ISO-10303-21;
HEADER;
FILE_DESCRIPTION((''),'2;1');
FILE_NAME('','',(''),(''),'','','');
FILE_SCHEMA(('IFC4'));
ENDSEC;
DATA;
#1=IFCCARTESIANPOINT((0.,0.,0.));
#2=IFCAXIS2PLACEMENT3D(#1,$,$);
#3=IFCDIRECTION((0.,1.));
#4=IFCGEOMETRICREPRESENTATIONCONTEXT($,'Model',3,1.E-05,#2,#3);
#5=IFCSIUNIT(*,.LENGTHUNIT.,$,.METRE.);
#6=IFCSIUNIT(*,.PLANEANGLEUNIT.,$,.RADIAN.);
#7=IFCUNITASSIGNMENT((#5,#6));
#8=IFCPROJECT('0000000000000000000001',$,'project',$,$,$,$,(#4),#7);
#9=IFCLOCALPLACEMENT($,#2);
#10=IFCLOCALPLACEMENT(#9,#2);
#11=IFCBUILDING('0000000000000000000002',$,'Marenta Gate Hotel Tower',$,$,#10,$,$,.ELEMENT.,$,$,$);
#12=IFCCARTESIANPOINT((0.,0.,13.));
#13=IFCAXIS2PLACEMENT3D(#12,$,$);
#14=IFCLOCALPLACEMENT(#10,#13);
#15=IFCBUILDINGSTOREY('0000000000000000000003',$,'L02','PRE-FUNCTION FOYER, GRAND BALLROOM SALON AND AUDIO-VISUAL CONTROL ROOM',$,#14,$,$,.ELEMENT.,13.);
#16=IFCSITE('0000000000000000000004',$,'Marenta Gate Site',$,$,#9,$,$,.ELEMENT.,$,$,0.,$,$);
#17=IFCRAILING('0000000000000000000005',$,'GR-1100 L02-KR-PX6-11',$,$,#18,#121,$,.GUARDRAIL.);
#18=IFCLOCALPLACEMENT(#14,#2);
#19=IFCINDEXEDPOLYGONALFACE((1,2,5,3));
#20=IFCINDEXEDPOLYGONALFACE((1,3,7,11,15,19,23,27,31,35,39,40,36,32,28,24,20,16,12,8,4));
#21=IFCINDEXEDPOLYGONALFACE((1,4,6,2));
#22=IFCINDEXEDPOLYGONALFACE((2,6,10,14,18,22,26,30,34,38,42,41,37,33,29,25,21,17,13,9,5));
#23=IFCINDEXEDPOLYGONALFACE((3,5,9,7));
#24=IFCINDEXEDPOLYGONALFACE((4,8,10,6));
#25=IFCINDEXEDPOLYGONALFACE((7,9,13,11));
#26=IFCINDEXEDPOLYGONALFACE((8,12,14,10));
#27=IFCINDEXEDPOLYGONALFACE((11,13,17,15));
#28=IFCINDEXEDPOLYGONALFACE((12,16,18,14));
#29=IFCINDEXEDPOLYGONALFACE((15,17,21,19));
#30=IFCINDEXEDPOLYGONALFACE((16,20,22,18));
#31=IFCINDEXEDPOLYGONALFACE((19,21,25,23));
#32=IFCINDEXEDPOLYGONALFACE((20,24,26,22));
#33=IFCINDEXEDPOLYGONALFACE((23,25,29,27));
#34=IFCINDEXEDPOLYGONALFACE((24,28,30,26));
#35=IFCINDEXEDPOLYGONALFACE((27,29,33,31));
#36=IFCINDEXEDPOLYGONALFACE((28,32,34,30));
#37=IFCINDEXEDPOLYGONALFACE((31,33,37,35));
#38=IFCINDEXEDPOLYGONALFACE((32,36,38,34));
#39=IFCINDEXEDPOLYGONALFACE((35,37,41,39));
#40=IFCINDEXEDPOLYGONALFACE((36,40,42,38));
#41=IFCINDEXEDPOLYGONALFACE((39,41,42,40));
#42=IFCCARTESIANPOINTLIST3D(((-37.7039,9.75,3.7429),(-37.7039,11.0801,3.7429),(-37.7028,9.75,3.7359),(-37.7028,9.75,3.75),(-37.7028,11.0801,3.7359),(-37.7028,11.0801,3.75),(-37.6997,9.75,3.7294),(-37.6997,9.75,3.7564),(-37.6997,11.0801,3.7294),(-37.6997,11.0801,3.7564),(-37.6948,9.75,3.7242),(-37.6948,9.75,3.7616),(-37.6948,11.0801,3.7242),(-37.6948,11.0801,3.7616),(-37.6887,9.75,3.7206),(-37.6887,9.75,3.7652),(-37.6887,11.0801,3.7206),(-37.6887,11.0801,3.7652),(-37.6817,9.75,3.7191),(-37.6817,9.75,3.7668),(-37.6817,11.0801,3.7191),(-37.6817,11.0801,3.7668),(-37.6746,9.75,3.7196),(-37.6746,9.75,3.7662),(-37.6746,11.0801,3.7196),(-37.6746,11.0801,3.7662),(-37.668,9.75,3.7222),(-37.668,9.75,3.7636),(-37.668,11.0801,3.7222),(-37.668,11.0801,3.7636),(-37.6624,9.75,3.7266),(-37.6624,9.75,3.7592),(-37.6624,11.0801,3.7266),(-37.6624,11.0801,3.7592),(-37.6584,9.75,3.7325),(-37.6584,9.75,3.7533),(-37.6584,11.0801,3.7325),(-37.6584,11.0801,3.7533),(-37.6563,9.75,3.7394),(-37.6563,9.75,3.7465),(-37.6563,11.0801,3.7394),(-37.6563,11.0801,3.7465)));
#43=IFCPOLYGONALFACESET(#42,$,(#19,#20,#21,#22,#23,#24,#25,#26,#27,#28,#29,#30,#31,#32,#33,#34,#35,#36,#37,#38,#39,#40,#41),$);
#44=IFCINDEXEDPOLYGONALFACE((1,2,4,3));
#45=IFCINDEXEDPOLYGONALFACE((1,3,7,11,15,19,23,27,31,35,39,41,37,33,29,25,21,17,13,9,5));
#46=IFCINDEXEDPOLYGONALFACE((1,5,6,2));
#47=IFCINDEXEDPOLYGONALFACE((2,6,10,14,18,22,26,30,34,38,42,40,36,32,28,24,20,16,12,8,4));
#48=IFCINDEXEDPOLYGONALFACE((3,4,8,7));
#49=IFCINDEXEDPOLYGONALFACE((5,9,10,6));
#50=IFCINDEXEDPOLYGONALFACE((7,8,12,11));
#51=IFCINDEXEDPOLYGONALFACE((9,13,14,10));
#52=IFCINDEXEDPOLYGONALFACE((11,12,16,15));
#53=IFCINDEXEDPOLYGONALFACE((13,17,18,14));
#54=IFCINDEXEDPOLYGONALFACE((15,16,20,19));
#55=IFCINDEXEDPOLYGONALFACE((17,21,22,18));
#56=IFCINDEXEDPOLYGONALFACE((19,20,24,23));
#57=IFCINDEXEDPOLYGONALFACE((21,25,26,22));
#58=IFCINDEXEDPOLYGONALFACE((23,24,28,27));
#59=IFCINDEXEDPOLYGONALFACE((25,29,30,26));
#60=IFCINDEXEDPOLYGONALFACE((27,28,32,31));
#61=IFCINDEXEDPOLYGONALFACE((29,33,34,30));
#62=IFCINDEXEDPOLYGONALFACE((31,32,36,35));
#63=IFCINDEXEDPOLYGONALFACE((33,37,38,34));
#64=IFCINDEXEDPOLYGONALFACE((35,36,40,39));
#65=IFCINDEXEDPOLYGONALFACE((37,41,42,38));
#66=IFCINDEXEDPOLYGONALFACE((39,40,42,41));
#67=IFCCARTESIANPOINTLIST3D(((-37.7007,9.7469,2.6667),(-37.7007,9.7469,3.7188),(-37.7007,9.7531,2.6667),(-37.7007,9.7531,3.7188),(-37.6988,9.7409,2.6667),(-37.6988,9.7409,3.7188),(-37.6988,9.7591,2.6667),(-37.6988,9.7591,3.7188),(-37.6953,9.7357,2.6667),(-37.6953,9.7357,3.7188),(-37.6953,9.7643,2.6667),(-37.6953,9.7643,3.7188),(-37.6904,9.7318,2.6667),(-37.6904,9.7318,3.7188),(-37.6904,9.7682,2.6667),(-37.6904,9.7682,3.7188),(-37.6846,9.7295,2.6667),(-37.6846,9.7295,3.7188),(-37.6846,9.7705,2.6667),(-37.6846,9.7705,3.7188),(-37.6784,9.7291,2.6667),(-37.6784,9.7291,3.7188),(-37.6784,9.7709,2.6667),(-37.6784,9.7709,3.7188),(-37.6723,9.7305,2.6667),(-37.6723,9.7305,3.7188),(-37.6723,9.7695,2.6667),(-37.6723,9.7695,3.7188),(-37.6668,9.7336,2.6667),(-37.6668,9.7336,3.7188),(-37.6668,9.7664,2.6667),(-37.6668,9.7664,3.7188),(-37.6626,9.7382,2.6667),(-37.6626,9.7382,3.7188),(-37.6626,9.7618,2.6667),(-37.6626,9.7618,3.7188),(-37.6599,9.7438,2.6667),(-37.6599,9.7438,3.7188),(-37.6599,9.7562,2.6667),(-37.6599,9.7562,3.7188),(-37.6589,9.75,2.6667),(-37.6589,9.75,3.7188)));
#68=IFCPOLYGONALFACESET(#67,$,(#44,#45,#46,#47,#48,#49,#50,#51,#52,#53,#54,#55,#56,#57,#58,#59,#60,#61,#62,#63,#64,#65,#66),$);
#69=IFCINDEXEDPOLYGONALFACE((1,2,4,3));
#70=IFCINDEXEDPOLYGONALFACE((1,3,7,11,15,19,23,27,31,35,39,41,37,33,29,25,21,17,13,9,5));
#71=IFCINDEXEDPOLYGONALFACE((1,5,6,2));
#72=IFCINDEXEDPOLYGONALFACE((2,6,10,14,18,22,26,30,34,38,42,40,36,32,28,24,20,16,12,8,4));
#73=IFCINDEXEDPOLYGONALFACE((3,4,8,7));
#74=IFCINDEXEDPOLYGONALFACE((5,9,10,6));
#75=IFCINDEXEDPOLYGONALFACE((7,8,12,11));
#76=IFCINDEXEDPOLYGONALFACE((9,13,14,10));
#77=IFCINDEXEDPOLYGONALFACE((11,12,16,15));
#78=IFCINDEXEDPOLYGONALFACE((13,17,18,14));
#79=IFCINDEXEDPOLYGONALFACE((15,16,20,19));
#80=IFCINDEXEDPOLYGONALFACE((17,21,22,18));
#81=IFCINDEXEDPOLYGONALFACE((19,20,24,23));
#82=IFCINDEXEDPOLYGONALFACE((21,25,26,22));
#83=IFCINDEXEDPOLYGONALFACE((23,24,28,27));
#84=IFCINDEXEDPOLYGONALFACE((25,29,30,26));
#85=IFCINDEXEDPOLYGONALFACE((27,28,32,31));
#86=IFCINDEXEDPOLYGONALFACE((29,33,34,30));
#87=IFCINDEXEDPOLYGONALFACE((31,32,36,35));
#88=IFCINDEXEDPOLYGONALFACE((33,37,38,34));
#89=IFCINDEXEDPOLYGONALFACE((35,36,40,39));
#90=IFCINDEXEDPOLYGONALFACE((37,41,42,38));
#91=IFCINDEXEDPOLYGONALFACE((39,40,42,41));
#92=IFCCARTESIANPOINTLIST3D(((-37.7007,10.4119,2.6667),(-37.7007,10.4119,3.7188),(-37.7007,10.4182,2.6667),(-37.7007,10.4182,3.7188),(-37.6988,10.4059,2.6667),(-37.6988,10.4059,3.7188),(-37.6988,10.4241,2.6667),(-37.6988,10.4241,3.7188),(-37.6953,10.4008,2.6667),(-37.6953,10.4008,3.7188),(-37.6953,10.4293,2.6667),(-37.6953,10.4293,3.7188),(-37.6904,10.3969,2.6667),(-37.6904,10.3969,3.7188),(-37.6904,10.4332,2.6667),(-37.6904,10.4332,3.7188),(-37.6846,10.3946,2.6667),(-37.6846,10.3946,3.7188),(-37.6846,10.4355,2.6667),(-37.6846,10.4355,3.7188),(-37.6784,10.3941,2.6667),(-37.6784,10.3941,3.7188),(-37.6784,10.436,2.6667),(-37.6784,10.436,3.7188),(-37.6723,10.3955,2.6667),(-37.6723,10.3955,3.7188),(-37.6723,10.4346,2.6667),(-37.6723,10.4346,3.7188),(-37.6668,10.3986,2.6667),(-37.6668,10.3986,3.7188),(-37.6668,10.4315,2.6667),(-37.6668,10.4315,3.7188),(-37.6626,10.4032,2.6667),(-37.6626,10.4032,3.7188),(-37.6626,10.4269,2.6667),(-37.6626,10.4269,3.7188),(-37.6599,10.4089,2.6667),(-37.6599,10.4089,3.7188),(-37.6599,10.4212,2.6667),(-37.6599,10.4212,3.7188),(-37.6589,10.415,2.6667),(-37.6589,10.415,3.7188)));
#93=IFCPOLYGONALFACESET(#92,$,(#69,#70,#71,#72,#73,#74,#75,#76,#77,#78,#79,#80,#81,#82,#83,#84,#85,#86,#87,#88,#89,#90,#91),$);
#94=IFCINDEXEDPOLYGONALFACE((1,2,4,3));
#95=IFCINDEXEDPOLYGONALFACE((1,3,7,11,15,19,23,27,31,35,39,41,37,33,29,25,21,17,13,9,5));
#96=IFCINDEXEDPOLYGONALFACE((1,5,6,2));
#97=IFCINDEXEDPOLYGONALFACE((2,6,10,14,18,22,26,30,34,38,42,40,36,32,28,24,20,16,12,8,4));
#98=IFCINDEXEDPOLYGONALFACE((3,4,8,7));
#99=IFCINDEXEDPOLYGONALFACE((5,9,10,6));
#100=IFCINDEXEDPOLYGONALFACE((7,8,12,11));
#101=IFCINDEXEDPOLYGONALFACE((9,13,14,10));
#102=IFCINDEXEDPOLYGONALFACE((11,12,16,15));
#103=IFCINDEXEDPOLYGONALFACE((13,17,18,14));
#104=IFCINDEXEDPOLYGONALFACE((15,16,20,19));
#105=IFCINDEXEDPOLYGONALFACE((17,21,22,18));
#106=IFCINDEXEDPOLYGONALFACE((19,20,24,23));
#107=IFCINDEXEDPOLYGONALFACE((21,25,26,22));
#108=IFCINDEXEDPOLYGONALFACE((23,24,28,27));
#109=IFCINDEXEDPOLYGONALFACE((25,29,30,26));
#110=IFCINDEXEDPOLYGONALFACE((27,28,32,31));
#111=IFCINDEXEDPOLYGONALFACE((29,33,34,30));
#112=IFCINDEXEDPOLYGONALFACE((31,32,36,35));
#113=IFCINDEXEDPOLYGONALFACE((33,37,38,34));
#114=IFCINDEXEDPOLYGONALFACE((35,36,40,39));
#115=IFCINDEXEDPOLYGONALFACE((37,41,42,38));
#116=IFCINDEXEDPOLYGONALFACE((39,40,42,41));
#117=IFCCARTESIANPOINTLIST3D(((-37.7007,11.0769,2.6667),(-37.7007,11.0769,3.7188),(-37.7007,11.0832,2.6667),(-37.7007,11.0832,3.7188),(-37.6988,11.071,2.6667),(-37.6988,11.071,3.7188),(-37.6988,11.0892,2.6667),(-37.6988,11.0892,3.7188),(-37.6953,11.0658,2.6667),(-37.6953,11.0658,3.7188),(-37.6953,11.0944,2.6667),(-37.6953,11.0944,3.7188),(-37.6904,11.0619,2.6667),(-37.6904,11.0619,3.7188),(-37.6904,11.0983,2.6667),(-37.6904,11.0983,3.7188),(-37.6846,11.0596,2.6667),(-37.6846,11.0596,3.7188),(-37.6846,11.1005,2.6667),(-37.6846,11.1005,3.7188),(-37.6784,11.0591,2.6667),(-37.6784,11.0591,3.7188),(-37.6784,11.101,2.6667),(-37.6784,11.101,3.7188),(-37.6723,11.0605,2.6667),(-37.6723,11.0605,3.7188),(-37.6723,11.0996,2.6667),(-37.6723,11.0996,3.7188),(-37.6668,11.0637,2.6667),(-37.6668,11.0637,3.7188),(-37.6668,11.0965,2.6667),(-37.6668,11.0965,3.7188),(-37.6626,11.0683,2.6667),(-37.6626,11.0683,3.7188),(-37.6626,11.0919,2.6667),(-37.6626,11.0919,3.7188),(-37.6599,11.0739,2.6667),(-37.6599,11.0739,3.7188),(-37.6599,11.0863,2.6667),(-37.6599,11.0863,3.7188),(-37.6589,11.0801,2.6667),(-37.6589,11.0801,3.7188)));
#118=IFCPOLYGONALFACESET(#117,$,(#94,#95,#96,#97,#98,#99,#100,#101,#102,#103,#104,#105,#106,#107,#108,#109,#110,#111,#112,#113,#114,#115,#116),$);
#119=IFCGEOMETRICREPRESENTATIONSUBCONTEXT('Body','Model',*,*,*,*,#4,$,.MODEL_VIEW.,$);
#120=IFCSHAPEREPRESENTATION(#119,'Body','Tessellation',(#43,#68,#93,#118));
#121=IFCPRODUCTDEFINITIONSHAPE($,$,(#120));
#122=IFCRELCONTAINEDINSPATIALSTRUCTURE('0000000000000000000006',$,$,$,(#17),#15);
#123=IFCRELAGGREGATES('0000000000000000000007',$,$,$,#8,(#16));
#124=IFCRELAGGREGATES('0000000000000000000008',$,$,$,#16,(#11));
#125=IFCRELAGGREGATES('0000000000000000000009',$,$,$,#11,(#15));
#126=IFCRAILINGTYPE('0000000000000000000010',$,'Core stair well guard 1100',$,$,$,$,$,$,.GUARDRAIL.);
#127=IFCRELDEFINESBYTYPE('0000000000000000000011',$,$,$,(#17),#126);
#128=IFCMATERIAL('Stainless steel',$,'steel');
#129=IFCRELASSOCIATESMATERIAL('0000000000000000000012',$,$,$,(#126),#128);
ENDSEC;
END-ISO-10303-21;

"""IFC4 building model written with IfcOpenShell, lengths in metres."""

from ifc_helpers import new_model, si_unit, direction, frame, origin, origin_2d, place, context, subcontext, project, spatial, circle, extrude, material, type_object, element, save


model = new_model("IFC4")

# Units and contexts
model_context = context("Model", 3, precision=1e-05, world=origin(), true_north=direction((0.0, 1.0)))
body_context = subcontext(model_context, "Body", "Model", "MODEL_VIEW")
ifc_project = project(units=[si_unit("LENGTHUNIT", "METRE"), si_unit("PLANEANGLEUNIT", "RADIAN")], contexts=[model_context])

# Site, building, storey
site_placement = place(None, origin())
site = spatial("IfcSite", under=ifc_project, at=site_placement, Name="Marenta Gate Site", CompositionType="ELEMENT", RefElevation=0.0)
building_placement = place(site_placement, origin())
building = spatial("IfcBuilding", under=site, at=building_placement, Name="Marenta Gate Hotel Tower", CompositionType="ELEMENT")
storey_placement = place(building_placement, frame((0.0, 0.0, 13.0)))
storey = spatial("IfcBuildingStorey", under=building, at=storey_placement, Name="L02", Description="PRE-FUNCTION FOYER, GRAND BALLROOM SALON AND AUDIO-VISUAL CONTROL ROOM", CompositionType="ELEMENT", Elevation=13.0)

# Railing
ifc_material_1 = material(Name="Stainless steel", Category="steel")
railing_type_1 = type_object("IfcRailingType", Name="Core stair well guard 1100", PredefinedType="GUARDRAIL", material=ifc_material_1)
railing_1_placement = place(storey_placement, frame((-37.6799, 9.75, 2.6667)))
element("IfcRailing", 1, at=railing_1_placement, inside=storey, type_object=railing_type_1, Name="GR-1100 L02-KR-PX6-11", PredefinedType="GUARDRAIL", context=body_context, shape_type="SweptSolid", body=[
    extrude(circle(Radius=0.0239, at=origin_2d()), frame((0.0, 0.0, 1.0762), z_axis=(0.0, 1.0, 0.0), x_axis=(-1.0, 0.0, 0.0)), (0.0, 0.0, 1.0), 1.3301),
    extrude(circle(Radius=0.021, at=origin_2d()), origin(), (0.0, 0.0, 1.0), 1.052),
    extrude(circle(Radius=0.021, at=origin_2d()), frame((0.0, 0.665, 0.0)), (0.0, 0.0, 1.0), 1.052),
    extrude(circle(Radius=0.021, at=origin_2d()), frame((0.0, 1.3301, 0.0)), (0.0, 0.0, 1.0), 1.052),
])

save(model, "model.ifc")
